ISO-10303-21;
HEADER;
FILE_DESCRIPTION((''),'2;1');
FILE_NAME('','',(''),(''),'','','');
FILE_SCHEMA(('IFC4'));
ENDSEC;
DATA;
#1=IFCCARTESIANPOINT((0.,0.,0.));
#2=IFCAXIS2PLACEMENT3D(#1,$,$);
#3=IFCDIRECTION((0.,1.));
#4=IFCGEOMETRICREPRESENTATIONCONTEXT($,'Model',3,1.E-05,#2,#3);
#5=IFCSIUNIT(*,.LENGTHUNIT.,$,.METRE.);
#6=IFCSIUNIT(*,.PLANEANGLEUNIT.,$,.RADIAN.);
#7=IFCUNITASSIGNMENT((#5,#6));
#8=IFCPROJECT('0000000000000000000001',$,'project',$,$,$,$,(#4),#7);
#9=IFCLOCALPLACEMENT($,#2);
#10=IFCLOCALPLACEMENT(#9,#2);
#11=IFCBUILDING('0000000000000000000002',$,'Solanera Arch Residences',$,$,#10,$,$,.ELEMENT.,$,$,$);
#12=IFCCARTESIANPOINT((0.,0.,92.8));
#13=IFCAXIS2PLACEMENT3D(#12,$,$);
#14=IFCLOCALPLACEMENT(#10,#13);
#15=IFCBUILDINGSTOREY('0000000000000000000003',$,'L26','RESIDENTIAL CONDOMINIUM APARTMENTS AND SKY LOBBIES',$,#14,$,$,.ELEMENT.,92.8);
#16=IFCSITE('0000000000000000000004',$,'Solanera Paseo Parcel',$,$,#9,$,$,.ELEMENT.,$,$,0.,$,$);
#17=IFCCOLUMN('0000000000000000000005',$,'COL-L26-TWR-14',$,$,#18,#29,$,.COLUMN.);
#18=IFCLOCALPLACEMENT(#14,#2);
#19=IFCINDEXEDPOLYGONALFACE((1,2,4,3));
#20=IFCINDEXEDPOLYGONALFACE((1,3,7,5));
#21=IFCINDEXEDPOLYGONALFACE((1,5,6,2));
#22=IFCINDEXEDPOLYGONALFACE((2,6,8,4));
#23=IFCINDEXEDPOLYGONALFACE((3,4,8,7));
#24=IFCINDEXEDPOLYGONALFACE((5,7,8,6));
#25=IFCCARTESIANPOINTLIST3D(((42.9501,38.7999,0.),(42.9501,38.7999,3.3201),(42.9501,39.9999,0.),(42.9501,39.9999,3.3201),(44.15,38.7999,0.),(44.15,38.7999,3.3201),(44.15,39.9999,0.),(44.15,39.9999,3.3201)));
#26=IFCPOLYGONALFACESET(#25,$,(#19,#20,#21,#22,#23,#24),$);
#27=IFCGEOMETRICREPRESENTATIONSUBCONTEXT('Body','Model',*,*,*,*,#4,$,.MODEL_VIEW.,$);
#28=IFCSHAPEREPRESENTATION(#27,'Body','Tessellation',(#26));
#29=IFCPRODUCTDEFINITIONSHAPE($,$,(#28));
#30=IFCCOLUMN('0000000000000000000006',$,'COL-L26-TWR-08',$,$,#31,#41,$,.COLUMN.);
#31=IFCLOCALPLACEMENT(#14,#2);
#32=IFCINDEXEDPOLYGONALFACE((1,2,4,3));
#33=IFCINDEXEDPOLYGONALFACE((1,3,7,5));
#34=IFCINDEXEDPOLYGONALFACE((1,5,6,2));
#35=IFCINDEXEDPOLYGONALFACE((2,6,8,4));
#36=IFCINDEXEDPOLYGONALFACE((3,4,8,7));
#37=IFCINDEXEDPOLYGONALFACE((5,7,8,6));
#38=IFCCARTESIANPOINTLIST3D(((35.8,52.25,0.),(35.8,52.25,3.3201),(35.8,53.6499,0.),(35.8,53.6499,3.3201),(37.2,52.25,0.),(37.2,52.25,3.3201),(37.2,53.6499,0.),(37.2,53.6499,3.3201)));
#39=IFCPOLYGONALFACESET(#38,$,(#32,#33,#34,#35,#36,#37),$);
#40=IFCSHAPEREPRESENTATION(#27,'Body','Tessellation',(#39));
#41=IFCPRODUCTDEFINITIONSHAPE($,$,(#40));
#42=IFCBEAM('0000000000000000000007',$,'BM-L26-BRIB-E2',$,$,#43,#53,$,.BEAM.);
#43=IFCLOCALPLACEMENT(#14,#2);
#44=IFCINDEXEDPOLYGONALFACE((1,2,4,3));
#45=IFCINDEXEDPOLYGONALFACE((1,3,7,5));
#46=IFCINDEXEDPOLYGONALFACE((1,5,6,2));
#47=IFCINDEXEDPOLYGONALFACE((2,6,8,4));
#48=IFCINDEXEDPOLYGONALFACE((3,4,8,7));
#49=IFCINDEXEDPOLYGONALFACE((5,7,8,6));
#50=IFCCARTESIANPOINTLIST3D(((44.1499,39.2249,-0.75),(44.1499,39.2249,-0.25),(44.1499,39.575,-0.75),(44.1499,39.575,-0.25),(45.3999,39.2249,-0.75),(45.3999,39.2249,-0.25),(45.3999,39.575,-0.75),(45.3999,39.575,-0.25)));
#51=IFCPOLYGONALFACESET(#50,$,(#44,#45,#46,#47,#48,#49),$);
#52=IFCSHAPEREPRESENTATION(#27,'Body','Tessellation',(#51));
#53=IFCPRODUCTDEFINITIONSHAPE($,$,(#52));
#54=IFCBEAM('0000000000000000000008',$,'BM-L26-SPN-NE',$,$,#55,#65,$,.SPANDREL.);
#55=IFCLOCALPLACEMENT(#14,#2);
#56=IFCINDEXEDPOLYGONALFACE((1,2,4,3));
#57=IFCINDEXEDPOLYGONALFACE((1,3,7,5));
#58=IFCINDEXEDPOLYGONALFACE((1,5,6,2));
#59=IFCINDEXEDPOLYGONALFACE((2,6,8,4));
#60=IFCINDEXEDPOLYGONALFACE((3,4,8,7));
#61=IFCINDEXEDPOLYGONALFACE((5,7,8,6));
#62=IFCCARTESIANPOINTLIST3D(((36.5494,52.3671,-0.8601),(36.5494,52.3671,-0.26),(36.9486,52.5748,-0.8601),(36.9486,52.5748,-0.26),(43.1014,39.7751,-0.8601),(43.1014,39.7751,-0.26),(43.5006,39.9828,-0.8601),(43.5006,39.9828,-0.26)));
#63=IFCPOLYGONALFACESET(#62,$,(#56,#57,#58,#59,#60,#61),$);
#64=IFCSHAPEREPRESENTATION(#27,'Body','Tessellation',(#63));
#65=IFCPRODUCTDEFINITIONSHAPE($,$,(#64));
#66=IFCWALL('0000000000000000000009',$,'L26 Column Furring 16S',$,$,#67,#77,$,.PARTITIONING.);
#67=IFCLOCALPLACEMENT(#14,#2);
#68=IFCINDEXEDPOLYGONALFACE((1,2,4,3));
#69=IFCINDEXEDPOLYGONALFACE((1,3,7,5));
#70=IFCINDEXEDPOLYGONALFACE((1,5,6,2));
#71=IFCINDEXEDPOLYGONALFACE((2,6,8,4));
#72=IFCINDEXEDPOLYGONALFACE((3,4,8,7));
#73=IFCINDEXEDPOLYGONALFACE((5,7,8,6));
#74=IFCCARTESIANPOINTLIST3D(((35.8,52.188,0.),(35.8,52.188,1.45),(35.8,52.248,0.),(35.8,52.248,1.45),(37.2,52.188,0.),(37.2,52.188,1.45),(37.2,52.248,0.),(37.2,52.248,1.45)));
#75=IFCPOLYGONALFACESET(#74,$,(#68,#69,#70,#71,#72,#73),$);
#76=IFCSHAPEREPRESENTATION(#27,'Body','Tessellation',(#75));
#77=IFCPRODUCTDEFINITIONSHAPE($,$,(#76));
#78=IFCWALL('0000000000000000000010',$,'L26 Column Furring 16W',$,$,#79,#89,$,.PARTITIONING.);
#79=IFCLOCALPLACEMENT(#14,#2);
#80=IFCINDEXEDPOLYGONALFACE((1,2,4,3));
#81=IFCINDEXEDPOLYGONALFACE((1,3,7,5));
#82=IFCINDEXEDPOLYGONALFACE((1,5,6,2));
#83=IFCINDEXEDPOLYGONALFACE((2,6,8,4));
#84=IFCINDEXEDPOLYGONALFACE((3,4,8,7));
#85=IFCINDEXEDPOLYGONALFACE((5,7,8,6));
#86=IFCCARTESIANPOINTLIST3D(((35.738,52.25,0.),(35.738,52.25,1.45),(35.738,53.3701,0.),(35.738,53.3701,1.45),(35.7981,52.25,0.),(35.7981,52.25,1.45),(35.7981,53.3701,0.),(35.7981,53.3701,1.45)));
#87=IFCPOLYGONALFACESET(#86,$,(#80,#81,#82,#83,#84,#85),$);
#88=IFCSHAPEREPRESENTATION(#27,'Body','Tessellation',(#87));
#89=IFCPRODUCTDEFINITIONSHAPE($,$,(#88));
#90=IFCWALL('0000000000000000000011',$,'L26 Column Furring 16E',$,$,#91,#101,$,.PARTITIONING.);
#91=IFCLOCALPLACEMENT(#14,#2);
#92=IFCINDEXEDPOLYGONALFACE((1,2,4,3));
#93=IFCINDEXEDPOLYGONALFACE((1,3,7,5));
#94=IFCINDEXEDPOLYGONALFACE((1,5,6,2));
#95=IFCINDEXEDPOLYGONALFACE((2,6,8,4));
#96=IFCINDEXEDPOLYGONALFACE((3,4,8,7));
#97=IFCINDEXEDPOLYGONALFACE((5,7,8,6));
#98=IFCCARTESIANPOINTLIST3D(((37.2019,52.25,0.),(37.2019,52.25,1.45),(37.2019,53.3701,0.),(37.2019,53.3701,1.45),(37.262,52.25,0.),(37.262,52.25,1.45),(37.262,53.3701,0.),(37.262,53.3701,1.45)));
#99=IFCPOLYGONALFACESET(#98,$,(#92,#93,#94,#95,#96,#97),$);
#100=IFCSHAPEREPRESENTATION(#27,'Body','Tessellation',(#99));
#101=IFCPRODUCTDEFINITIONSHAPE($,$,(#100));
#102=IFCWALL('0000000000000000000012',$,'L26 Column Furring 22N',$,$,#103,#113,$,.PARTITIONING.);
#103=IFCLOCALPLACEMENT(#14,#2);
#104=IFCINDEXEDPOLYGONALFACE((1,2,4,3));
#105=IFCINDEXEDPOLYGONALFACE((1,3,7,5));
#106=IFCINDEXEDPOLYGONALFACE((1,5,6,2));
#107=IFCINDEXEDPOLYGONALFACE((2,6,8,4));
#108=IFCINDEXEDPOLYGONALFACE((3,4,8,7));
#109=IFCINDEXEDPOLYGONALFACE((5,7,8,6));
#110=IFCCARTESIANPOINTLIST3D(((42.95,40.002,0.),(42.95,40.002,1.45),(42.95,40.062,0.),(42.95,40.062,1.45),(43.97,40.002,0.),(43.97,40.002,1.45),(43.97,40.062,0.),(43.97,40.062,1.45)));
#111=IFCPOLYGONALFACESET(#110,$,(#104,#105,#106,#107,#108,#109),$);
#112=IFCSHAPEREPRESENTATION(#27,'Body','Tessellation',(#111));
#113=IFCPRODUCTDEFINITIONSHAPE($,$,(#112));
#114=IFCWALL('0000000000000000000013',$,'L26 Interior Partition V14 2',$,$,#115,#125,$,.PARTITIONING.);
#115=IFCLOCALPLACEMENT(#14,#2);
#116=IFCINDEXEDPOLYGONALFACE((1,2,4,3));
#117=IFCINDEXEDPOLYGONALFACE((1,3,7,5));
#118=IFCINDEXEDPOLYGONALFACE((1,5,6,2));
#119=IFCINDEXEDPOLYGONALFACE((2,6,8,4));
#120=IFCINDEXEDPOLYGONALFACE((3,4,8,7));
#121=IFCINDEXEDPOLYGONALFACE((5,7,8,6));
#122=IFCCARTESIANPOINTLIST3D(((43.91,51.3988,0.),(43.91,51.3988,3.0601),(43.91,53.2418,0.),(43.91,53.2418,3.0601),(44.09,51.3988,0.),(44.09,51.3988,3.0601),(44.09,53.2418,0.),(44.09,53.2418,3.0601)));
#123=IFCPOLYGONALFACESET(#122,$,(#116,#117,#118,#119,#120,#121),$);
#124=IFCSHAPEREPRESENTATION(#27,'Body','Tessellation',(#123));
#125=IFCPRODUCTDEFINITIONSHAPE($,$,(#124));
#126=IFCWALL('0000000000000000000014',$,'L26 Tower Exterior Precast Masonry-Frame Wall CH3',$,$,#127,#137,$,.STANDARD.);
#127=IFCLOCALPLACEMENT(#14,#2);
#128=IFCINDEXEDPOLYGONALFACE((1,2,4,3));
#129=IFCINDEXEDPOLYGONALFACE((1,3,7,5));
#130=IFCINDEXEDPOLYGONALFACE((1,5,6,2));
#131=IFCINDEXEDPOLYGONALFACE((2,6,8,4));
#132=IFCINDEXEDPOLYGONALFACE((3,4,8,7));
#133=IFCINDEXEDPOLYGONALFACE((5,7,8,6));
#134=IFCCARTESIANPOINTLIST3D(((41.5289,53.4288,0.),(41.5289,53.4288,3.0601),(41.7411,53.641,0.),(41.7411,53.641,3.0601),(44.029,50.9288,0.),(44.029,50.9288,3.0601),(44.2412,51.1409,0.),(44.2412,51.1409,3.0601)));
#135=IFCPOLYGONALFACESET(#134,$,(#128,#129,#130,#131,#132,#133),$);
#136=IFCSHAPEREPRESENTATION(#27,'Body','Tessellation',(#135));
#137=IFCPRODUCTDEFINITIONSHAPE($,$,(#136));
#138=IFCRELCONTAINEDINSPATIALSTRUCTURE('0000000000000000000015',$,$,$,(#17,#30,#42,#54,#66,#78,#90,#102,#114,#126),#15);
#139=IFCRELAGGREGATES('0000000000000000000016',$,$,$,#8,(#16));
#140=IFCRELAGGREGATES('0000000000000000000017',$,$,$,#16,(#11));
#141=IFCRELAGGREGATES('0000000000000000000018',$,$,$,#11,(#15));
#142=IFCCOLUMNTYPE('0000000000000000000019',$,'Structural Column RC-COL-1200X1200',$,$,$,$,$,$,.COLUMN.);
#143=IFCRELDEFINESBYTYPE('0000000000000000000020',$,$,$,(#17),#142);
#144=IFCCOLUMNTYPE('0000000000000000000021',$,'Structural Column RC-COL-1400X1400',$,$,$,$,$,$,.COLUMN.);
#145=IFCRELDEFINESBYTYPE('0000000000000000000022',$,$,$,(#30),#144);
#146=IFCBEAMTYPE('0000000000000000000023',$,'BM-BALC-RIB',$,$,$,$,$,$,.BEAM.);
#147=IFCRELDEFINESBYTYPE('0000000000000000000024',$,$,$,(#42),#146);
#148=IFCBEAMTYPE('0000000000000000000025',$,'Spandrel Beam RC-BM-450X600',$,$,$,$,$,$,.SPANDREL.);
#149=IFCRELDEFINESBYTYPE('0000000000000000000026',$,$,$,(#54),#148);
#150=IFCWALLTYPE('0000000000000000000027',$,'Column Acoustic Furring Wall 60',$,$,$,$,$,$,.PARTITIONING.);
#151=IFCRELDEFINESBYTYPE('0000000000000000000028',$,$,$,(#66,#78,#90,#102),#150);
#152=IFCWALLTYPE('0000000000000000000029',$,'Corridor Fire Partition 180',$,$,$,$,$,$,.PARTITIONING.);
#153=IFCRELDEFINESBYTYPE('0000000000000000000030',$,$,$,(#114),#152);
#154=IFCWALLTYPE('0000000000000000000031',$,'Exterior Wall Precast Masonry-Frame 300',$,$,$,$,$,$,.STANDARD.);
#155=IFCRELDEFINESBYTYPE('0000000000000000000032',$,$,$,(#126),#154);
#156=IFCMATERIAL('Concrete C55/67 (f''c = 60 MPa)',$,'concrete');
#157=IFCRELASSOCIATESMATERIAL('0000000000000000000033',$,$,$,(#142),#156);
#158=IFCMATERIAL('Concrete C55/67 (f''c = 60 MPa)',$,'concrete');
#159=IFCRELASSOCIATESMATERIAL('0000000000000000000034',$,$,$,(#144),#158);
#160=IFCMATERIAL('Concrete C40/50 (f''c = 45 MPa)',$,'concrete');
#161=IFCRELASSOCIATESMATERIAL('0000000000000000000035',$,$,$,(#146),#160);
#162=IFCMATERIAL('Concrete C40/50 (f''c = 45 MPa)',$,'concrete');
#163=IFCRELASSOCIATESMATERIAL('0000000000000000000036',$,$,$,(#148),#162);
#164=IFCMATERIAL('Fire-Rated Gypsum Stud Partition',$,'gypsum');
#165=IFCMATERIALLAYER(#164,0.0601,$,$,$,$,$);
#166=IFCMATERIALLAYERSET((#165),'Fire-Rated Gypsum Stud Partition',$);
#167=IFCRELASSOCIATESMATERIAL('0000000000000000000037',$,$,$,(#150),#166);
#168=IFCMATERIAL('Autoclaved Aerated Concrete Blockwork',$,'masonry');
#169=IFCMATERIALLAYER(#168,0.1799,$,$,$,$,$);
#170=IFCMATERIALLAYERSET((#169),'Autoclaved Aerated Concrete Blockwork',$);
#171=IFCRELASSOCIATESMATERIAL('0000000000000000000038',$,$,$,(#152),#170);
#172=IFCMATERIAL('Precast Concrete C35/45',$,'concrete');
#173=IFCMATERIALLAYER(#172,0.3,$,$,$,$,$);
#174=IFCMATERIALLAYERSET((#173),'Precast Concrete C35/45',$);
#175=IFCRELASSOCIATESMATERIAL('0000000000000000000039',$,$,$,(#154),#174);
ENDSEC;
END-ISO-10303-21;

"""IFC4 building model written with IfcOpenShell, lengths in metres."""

from ifc_helpers import new_model, si_unit, direction, frame, frame_2d, origin, origin_2d, place, context, subcontext, project, spatial, rectangle, extrude, material, layer, layer_set, material_profile, profile_set, type_object, element, save


model = new_model("IFC4")

# Units and contexts
model_context = context("Model", 3, precision=1e-05, world=origin(), true_north=direction((0.0, 1.0)))
body_context = subcontext(model_context, "Body", "Model", "MODEL_VIEW")
ifc_project = project(units=[si_unit("LENGTHUNIT", "METRE"), si_unit("PLANEANGLEUNIT", "RADIAN")], contexts=[model_context])

# Site, building, storey
site_placement = place(None, origin())
site = spatial("IfcSite", under=ifc_project, at=site_placement, Name="Solanera Paseo Parcel", CompositionType="ELEMENT", RefElevation=0.0)
building_placement = place(site_placement, origin())
building = spatial("IfcBuilding", under=site, at=building_placement, Name="Solanera Arch Residences", CompositionType="ELEMENT")
storey_placement = place(building_placement, frame((0.0, 0.0, 92.8)))
storey = spatial("IfcBuildingStorey", under=building, at=storey_placement, Name="L26", Description="RESIDENTIAL CONDOMINIUM APARTMENTS AND SKY LOBBIES", CompositionType="ELEMENT", Elevation=92.8)

# Columns
ifc_material_1 = material(Name="Concrete C55/67 (f'c = 60 MPa)", Category="concrete")
ifc_material_profile_1 = material_profile(ifc_material_1, rectangle(XDim=1.2, YDim=1.2, at=origin_2d()))
ifc_profile_set_1 = profile_set([ifc_material_profile_1], Name="Concrete C55/67 (f'c = 60 MPa)")
column_type_1 = type_object("IfcColumnType", Name="Structural Column RC-COL-1200X1200", PredefinedType="COLUMN", material=ifc_profile_set_1)
column_1_placement = place(storey_placement, frame((43.55, 39.3999, 0.0), z_axis=(0.0, 0.0, 1.0), x_axis=(1.0, 0.0, 0.0)))
element("IfcColumn", 1, at=column_1_placement, inside=storey, type_object=column_type_1, Name="COL-L26-TWR-14", PredefinedType="COLUMN", context=body_context, shape_type="SweptSolid", body=[
    extrude(rectangle(XDim=1.2, YDim=1.2, at=origin_2d()), origin(), (0.0, 0.0, 1.0), 3.3201),
])
ifc_material_2 = material(Name="Concrete C55/67 (f'c = 60 MPa)", Category="concrete")
ifc_material_profile_2 = material_profile(ifc_material_2, rectangle(XDim=1.3999, YDim=1.3999, at=origin_2d()))
ifc_profile_set_2 = profile_set([ifc_material_profile_2], Name="Concrete C55/67 (f'c = 60 MPa)")
column_type_2 = type_object("IfcColumnType", Name="Structural Column RC-COL-1400X1400", PredefinedType="COLUMN", material=ifc_profile_set_2)
column_2_placement = place(storey_placement, frame((36.5, 52.95, 0.0), z_axis=(0.0, 0.0, 1.0), x_axis=(1.0, 0.0, 0.0)))
element("IfcColumn", 2, at=column_2_placement, inside=storey, type_object=column_type_2, Name="COL-L26-TWR-08", PredefinedType="COLUMN", context=body_context, shape_type="SweptSolid", body=[
    extrude(rectangle(XDim=1.3999, YDim=1.3999, at=origin_2d()), origin(), (0.0, 0.0, 1.0), 3.3201),
])

# Beams
ifc_material_3 = material(Name="Concrete C40/50 (f'c = 45 MPa)", Category="concrete")
ifc_material_profile_3 = material_profile(ifc_material_3, rectangle(XDim=0.3501, YDim=0.5, at=origin_2d()))
ifc_profile_set_3 = profile_set([ifc_material_profile_3], Name="Concrete C40/50 (f'c = 45 MPa)")
beam_type_1 = type_object("IfcBeamType", Name="BM-BALC-RIB", PredefinedType="BEAM", material=ifc_profile_set_3)
beam_1_placement = place(storey_placement, frame((44.1499, 39.3999, -0.5), z_axis=(1.0, 0.0, 0.0), x_axis=(0.0, 1.0, 0.0)))
element("IfcBeam", 3, at=beam_1_placement, inside=storey, type_object=beam_type_1, Name="BM-L26-BRIB-E2", PredefinedType="BEAM", context=body_context, shape_type="SweptSolid", body=[
    extrude(rectangle(XDim=0.3501, YDim=0.5, at=origin_2d()), origin(), (0.0, 0.0, 1.0), 1.25),
])
ifc_material_4 = material(Name="Concrete C40/50 (f'c = 45 MPa)", Category="concrete")
ifc_material_profile_4 = material_profile(ifc_material_4, rectangle(XDim=0.45, YDim=0.6001, at=origin_2d()))
ifc_profile_set_4 = profile_set([ifc_material_profile_4], Name="Concrete C40/50 (f'c = 45 MPa)")
beam_type_2 = type_object("IfcBeamType", Name="Spandrel Beam RC-BM-450X600", PredefinedType="SPANDREL", material=ifc_profile_set_4)
beam_2_placement = place(storey_placement, frame((36.749, 52.4709, -0.5601), z_axis=(0.461582, -0.887097, 0.0), x_axis=(0.887097, 0.461582, 0.0)))
element("IfcBeam", 4, at=beam_2_placement, inside=storey, type_object=beam_type_2, Name="BM-L26-SPN-NE", PredefinedType="SPANDREL", context=body_context, shape_type="SweptSolid", body=[
    extrude(rectangle(XDim=0.45, YDim=0.6001, at=origin_2d()), origin(), (0.0, 0.0, 1.0), 14.1946),
])

# Walls
ifc_material_5 = material(Name="Fire-Rated Gypsum Stud Partition", Category="gypsum")
ifc_layer_1 = layer(ifc_material_5, 0.0601)
ifc_layer_set_1 = layer_set([ifc_layer_1], Name="Fire-Rated Gypsum Stud Partition")
wall_type_1 = type_object("IfcWallType", Name="Column Acoustic Furring Wall 60", PredefinedType="PARTITIONING", material=ifc_layer_set_1)
wall_1_placement = place(storey_placement, frame((35.8, 52.218, 0.0), z_axis=(0.0, 0.0, 1.0), x_axis=(1.0, 0.0, 0.0)))
element("IfcWall", 5, at=wall_1_placement, inside=storey, type_object=wall_type_1, Name="L26 Column Furring 16S", PredefinedType="PARTITIONING", context=body_context, shape_type="SweptSolid", body=[
    extrude(rectangle(XDim=1.3999, YDim=0.0601, at=frame_2d((0.7, 0.0))), origin(), (0.0, 0.0, 1.0), 1.45),
])
for number, where, z_axis, x_axis, name in (
    (6, (35.7681, 52.25, 0.0), (0.0, 0.0, 1.0), (0.0, 1.0, 0.0), "L26 Column Furring 16W"),
    (7, (37.2319, 52.25, 0.0), (0.0, 0.0, 1.0), (0.0, 1.0, 0.0), "L26 Column Furring 16E"),
):
    element("IfcWall", number, at=place(storey_placement, frame(where, z_axis=z_axis, x_axis=x_axis)), inside=storey, type_object=wall_type_1, Name=name, PredefinedType="PARTITIONING", context=body_context, shape_type="SweptSolid", body=[
        extrude(rectangle(XDim=1.1201, YDim=0.0601, at=frame_2d((0.5601, 0.0))), origin(), (0.0, 0.0, 1.0), 1.45),
    ])
wall_2_placement = place(storey_placement, frame((42.95, 40.032, 0.0), z_axis=(0.0, 0.0, 1.0), x_axis=(1.0, 0.0, 0.0)))
element("IfcWall", 8, at=wall_2_placement, inside=storey, type_object=wall_type_1, Name="L26 Column Furring 22N", PredefinedType="PARTITIONING", context=body_context, shape_type="SweptSolid", body=[
    extrude(rectangle(XDim=1.02, YDim=0.0601, at=frame_2d((0.51, 0.0))), origin(), (0.0, 0.0, 1.0), 1.45),
])
ifc_material_6 = material(Name="Autoclaved Aerated Concrete Blockwork", Category="masonry")
ifc_layer_2 = layer(ifc_material_6, 0.1799)
ifc_layer_set_2 = layer_set([ifc_layer_2], Name="Autoclaved Aerated Concrete Blockwork")
wall_type_2 = type_object("IfcWallType", Name="Corridor Fire Partition 180", PredefinedType="PARTITIONING", material=ifc_layer_set_2)
wall_3_placement = place(storey_placement, frame((44.0, 51.3989, 0.0), z_axis=(0.0, 0.0, 1.0), x_axis=(0.0, 1.0, 0.0)))
element("IfcWall", 9, at=wall_3_placement, inside=storey, type_object=wall_type_2, Name="L26 Interior Partition V14 2", PredefinedType="PARTITIONING", context=body_context, shape_type="SweptSolid", body=[
    extrude(rectangle(XDim=1.843, YDim=0.1799, at=frame_2d((0.9214, 0.0))), origin(), (0.0, 0.0, 1.0), 3.0601),
])
ifc_material_7 = material(Name="Precast Concrete C35/45", Category="concrete")
ifc_layer_3 = layer(ifc_material_7, 0.3)
ifc_layer_set_3 = layer_set([ifc_layer_3], Name="Precast Concrete C35/45")
wall_type_3 = type_object("IfcWallType", Name="Exterior Wall Precast Masonry-Frame 300", PredefinedType="STANDARD", material=ifc_layer_set_3)
wall_4_placement = place(storey_placement, frame((41.635, 53.5349, 0.0), z_axis=(0.0, 0.0, 1.0), x_axis=(0.707107, -0.707107, 0.0)))
element("IfcWall", 10, at=wall_4_placement, inside=storey, type_object=wall_type_3, Name="L26 Tower Exterior Precast Masonry-Frame Wall CH3", PredefinedType="STANDARD", context=body_context, shape_type="SweptSolid", body=[
    extrude(rectangle(XDim=3.5356, YDim=0.3, at=frame_2d((1.7678, 0.0))), origin(), (0.0, 0.0, 1.0), 3.0601),
])

save(model, "model.ifc")
